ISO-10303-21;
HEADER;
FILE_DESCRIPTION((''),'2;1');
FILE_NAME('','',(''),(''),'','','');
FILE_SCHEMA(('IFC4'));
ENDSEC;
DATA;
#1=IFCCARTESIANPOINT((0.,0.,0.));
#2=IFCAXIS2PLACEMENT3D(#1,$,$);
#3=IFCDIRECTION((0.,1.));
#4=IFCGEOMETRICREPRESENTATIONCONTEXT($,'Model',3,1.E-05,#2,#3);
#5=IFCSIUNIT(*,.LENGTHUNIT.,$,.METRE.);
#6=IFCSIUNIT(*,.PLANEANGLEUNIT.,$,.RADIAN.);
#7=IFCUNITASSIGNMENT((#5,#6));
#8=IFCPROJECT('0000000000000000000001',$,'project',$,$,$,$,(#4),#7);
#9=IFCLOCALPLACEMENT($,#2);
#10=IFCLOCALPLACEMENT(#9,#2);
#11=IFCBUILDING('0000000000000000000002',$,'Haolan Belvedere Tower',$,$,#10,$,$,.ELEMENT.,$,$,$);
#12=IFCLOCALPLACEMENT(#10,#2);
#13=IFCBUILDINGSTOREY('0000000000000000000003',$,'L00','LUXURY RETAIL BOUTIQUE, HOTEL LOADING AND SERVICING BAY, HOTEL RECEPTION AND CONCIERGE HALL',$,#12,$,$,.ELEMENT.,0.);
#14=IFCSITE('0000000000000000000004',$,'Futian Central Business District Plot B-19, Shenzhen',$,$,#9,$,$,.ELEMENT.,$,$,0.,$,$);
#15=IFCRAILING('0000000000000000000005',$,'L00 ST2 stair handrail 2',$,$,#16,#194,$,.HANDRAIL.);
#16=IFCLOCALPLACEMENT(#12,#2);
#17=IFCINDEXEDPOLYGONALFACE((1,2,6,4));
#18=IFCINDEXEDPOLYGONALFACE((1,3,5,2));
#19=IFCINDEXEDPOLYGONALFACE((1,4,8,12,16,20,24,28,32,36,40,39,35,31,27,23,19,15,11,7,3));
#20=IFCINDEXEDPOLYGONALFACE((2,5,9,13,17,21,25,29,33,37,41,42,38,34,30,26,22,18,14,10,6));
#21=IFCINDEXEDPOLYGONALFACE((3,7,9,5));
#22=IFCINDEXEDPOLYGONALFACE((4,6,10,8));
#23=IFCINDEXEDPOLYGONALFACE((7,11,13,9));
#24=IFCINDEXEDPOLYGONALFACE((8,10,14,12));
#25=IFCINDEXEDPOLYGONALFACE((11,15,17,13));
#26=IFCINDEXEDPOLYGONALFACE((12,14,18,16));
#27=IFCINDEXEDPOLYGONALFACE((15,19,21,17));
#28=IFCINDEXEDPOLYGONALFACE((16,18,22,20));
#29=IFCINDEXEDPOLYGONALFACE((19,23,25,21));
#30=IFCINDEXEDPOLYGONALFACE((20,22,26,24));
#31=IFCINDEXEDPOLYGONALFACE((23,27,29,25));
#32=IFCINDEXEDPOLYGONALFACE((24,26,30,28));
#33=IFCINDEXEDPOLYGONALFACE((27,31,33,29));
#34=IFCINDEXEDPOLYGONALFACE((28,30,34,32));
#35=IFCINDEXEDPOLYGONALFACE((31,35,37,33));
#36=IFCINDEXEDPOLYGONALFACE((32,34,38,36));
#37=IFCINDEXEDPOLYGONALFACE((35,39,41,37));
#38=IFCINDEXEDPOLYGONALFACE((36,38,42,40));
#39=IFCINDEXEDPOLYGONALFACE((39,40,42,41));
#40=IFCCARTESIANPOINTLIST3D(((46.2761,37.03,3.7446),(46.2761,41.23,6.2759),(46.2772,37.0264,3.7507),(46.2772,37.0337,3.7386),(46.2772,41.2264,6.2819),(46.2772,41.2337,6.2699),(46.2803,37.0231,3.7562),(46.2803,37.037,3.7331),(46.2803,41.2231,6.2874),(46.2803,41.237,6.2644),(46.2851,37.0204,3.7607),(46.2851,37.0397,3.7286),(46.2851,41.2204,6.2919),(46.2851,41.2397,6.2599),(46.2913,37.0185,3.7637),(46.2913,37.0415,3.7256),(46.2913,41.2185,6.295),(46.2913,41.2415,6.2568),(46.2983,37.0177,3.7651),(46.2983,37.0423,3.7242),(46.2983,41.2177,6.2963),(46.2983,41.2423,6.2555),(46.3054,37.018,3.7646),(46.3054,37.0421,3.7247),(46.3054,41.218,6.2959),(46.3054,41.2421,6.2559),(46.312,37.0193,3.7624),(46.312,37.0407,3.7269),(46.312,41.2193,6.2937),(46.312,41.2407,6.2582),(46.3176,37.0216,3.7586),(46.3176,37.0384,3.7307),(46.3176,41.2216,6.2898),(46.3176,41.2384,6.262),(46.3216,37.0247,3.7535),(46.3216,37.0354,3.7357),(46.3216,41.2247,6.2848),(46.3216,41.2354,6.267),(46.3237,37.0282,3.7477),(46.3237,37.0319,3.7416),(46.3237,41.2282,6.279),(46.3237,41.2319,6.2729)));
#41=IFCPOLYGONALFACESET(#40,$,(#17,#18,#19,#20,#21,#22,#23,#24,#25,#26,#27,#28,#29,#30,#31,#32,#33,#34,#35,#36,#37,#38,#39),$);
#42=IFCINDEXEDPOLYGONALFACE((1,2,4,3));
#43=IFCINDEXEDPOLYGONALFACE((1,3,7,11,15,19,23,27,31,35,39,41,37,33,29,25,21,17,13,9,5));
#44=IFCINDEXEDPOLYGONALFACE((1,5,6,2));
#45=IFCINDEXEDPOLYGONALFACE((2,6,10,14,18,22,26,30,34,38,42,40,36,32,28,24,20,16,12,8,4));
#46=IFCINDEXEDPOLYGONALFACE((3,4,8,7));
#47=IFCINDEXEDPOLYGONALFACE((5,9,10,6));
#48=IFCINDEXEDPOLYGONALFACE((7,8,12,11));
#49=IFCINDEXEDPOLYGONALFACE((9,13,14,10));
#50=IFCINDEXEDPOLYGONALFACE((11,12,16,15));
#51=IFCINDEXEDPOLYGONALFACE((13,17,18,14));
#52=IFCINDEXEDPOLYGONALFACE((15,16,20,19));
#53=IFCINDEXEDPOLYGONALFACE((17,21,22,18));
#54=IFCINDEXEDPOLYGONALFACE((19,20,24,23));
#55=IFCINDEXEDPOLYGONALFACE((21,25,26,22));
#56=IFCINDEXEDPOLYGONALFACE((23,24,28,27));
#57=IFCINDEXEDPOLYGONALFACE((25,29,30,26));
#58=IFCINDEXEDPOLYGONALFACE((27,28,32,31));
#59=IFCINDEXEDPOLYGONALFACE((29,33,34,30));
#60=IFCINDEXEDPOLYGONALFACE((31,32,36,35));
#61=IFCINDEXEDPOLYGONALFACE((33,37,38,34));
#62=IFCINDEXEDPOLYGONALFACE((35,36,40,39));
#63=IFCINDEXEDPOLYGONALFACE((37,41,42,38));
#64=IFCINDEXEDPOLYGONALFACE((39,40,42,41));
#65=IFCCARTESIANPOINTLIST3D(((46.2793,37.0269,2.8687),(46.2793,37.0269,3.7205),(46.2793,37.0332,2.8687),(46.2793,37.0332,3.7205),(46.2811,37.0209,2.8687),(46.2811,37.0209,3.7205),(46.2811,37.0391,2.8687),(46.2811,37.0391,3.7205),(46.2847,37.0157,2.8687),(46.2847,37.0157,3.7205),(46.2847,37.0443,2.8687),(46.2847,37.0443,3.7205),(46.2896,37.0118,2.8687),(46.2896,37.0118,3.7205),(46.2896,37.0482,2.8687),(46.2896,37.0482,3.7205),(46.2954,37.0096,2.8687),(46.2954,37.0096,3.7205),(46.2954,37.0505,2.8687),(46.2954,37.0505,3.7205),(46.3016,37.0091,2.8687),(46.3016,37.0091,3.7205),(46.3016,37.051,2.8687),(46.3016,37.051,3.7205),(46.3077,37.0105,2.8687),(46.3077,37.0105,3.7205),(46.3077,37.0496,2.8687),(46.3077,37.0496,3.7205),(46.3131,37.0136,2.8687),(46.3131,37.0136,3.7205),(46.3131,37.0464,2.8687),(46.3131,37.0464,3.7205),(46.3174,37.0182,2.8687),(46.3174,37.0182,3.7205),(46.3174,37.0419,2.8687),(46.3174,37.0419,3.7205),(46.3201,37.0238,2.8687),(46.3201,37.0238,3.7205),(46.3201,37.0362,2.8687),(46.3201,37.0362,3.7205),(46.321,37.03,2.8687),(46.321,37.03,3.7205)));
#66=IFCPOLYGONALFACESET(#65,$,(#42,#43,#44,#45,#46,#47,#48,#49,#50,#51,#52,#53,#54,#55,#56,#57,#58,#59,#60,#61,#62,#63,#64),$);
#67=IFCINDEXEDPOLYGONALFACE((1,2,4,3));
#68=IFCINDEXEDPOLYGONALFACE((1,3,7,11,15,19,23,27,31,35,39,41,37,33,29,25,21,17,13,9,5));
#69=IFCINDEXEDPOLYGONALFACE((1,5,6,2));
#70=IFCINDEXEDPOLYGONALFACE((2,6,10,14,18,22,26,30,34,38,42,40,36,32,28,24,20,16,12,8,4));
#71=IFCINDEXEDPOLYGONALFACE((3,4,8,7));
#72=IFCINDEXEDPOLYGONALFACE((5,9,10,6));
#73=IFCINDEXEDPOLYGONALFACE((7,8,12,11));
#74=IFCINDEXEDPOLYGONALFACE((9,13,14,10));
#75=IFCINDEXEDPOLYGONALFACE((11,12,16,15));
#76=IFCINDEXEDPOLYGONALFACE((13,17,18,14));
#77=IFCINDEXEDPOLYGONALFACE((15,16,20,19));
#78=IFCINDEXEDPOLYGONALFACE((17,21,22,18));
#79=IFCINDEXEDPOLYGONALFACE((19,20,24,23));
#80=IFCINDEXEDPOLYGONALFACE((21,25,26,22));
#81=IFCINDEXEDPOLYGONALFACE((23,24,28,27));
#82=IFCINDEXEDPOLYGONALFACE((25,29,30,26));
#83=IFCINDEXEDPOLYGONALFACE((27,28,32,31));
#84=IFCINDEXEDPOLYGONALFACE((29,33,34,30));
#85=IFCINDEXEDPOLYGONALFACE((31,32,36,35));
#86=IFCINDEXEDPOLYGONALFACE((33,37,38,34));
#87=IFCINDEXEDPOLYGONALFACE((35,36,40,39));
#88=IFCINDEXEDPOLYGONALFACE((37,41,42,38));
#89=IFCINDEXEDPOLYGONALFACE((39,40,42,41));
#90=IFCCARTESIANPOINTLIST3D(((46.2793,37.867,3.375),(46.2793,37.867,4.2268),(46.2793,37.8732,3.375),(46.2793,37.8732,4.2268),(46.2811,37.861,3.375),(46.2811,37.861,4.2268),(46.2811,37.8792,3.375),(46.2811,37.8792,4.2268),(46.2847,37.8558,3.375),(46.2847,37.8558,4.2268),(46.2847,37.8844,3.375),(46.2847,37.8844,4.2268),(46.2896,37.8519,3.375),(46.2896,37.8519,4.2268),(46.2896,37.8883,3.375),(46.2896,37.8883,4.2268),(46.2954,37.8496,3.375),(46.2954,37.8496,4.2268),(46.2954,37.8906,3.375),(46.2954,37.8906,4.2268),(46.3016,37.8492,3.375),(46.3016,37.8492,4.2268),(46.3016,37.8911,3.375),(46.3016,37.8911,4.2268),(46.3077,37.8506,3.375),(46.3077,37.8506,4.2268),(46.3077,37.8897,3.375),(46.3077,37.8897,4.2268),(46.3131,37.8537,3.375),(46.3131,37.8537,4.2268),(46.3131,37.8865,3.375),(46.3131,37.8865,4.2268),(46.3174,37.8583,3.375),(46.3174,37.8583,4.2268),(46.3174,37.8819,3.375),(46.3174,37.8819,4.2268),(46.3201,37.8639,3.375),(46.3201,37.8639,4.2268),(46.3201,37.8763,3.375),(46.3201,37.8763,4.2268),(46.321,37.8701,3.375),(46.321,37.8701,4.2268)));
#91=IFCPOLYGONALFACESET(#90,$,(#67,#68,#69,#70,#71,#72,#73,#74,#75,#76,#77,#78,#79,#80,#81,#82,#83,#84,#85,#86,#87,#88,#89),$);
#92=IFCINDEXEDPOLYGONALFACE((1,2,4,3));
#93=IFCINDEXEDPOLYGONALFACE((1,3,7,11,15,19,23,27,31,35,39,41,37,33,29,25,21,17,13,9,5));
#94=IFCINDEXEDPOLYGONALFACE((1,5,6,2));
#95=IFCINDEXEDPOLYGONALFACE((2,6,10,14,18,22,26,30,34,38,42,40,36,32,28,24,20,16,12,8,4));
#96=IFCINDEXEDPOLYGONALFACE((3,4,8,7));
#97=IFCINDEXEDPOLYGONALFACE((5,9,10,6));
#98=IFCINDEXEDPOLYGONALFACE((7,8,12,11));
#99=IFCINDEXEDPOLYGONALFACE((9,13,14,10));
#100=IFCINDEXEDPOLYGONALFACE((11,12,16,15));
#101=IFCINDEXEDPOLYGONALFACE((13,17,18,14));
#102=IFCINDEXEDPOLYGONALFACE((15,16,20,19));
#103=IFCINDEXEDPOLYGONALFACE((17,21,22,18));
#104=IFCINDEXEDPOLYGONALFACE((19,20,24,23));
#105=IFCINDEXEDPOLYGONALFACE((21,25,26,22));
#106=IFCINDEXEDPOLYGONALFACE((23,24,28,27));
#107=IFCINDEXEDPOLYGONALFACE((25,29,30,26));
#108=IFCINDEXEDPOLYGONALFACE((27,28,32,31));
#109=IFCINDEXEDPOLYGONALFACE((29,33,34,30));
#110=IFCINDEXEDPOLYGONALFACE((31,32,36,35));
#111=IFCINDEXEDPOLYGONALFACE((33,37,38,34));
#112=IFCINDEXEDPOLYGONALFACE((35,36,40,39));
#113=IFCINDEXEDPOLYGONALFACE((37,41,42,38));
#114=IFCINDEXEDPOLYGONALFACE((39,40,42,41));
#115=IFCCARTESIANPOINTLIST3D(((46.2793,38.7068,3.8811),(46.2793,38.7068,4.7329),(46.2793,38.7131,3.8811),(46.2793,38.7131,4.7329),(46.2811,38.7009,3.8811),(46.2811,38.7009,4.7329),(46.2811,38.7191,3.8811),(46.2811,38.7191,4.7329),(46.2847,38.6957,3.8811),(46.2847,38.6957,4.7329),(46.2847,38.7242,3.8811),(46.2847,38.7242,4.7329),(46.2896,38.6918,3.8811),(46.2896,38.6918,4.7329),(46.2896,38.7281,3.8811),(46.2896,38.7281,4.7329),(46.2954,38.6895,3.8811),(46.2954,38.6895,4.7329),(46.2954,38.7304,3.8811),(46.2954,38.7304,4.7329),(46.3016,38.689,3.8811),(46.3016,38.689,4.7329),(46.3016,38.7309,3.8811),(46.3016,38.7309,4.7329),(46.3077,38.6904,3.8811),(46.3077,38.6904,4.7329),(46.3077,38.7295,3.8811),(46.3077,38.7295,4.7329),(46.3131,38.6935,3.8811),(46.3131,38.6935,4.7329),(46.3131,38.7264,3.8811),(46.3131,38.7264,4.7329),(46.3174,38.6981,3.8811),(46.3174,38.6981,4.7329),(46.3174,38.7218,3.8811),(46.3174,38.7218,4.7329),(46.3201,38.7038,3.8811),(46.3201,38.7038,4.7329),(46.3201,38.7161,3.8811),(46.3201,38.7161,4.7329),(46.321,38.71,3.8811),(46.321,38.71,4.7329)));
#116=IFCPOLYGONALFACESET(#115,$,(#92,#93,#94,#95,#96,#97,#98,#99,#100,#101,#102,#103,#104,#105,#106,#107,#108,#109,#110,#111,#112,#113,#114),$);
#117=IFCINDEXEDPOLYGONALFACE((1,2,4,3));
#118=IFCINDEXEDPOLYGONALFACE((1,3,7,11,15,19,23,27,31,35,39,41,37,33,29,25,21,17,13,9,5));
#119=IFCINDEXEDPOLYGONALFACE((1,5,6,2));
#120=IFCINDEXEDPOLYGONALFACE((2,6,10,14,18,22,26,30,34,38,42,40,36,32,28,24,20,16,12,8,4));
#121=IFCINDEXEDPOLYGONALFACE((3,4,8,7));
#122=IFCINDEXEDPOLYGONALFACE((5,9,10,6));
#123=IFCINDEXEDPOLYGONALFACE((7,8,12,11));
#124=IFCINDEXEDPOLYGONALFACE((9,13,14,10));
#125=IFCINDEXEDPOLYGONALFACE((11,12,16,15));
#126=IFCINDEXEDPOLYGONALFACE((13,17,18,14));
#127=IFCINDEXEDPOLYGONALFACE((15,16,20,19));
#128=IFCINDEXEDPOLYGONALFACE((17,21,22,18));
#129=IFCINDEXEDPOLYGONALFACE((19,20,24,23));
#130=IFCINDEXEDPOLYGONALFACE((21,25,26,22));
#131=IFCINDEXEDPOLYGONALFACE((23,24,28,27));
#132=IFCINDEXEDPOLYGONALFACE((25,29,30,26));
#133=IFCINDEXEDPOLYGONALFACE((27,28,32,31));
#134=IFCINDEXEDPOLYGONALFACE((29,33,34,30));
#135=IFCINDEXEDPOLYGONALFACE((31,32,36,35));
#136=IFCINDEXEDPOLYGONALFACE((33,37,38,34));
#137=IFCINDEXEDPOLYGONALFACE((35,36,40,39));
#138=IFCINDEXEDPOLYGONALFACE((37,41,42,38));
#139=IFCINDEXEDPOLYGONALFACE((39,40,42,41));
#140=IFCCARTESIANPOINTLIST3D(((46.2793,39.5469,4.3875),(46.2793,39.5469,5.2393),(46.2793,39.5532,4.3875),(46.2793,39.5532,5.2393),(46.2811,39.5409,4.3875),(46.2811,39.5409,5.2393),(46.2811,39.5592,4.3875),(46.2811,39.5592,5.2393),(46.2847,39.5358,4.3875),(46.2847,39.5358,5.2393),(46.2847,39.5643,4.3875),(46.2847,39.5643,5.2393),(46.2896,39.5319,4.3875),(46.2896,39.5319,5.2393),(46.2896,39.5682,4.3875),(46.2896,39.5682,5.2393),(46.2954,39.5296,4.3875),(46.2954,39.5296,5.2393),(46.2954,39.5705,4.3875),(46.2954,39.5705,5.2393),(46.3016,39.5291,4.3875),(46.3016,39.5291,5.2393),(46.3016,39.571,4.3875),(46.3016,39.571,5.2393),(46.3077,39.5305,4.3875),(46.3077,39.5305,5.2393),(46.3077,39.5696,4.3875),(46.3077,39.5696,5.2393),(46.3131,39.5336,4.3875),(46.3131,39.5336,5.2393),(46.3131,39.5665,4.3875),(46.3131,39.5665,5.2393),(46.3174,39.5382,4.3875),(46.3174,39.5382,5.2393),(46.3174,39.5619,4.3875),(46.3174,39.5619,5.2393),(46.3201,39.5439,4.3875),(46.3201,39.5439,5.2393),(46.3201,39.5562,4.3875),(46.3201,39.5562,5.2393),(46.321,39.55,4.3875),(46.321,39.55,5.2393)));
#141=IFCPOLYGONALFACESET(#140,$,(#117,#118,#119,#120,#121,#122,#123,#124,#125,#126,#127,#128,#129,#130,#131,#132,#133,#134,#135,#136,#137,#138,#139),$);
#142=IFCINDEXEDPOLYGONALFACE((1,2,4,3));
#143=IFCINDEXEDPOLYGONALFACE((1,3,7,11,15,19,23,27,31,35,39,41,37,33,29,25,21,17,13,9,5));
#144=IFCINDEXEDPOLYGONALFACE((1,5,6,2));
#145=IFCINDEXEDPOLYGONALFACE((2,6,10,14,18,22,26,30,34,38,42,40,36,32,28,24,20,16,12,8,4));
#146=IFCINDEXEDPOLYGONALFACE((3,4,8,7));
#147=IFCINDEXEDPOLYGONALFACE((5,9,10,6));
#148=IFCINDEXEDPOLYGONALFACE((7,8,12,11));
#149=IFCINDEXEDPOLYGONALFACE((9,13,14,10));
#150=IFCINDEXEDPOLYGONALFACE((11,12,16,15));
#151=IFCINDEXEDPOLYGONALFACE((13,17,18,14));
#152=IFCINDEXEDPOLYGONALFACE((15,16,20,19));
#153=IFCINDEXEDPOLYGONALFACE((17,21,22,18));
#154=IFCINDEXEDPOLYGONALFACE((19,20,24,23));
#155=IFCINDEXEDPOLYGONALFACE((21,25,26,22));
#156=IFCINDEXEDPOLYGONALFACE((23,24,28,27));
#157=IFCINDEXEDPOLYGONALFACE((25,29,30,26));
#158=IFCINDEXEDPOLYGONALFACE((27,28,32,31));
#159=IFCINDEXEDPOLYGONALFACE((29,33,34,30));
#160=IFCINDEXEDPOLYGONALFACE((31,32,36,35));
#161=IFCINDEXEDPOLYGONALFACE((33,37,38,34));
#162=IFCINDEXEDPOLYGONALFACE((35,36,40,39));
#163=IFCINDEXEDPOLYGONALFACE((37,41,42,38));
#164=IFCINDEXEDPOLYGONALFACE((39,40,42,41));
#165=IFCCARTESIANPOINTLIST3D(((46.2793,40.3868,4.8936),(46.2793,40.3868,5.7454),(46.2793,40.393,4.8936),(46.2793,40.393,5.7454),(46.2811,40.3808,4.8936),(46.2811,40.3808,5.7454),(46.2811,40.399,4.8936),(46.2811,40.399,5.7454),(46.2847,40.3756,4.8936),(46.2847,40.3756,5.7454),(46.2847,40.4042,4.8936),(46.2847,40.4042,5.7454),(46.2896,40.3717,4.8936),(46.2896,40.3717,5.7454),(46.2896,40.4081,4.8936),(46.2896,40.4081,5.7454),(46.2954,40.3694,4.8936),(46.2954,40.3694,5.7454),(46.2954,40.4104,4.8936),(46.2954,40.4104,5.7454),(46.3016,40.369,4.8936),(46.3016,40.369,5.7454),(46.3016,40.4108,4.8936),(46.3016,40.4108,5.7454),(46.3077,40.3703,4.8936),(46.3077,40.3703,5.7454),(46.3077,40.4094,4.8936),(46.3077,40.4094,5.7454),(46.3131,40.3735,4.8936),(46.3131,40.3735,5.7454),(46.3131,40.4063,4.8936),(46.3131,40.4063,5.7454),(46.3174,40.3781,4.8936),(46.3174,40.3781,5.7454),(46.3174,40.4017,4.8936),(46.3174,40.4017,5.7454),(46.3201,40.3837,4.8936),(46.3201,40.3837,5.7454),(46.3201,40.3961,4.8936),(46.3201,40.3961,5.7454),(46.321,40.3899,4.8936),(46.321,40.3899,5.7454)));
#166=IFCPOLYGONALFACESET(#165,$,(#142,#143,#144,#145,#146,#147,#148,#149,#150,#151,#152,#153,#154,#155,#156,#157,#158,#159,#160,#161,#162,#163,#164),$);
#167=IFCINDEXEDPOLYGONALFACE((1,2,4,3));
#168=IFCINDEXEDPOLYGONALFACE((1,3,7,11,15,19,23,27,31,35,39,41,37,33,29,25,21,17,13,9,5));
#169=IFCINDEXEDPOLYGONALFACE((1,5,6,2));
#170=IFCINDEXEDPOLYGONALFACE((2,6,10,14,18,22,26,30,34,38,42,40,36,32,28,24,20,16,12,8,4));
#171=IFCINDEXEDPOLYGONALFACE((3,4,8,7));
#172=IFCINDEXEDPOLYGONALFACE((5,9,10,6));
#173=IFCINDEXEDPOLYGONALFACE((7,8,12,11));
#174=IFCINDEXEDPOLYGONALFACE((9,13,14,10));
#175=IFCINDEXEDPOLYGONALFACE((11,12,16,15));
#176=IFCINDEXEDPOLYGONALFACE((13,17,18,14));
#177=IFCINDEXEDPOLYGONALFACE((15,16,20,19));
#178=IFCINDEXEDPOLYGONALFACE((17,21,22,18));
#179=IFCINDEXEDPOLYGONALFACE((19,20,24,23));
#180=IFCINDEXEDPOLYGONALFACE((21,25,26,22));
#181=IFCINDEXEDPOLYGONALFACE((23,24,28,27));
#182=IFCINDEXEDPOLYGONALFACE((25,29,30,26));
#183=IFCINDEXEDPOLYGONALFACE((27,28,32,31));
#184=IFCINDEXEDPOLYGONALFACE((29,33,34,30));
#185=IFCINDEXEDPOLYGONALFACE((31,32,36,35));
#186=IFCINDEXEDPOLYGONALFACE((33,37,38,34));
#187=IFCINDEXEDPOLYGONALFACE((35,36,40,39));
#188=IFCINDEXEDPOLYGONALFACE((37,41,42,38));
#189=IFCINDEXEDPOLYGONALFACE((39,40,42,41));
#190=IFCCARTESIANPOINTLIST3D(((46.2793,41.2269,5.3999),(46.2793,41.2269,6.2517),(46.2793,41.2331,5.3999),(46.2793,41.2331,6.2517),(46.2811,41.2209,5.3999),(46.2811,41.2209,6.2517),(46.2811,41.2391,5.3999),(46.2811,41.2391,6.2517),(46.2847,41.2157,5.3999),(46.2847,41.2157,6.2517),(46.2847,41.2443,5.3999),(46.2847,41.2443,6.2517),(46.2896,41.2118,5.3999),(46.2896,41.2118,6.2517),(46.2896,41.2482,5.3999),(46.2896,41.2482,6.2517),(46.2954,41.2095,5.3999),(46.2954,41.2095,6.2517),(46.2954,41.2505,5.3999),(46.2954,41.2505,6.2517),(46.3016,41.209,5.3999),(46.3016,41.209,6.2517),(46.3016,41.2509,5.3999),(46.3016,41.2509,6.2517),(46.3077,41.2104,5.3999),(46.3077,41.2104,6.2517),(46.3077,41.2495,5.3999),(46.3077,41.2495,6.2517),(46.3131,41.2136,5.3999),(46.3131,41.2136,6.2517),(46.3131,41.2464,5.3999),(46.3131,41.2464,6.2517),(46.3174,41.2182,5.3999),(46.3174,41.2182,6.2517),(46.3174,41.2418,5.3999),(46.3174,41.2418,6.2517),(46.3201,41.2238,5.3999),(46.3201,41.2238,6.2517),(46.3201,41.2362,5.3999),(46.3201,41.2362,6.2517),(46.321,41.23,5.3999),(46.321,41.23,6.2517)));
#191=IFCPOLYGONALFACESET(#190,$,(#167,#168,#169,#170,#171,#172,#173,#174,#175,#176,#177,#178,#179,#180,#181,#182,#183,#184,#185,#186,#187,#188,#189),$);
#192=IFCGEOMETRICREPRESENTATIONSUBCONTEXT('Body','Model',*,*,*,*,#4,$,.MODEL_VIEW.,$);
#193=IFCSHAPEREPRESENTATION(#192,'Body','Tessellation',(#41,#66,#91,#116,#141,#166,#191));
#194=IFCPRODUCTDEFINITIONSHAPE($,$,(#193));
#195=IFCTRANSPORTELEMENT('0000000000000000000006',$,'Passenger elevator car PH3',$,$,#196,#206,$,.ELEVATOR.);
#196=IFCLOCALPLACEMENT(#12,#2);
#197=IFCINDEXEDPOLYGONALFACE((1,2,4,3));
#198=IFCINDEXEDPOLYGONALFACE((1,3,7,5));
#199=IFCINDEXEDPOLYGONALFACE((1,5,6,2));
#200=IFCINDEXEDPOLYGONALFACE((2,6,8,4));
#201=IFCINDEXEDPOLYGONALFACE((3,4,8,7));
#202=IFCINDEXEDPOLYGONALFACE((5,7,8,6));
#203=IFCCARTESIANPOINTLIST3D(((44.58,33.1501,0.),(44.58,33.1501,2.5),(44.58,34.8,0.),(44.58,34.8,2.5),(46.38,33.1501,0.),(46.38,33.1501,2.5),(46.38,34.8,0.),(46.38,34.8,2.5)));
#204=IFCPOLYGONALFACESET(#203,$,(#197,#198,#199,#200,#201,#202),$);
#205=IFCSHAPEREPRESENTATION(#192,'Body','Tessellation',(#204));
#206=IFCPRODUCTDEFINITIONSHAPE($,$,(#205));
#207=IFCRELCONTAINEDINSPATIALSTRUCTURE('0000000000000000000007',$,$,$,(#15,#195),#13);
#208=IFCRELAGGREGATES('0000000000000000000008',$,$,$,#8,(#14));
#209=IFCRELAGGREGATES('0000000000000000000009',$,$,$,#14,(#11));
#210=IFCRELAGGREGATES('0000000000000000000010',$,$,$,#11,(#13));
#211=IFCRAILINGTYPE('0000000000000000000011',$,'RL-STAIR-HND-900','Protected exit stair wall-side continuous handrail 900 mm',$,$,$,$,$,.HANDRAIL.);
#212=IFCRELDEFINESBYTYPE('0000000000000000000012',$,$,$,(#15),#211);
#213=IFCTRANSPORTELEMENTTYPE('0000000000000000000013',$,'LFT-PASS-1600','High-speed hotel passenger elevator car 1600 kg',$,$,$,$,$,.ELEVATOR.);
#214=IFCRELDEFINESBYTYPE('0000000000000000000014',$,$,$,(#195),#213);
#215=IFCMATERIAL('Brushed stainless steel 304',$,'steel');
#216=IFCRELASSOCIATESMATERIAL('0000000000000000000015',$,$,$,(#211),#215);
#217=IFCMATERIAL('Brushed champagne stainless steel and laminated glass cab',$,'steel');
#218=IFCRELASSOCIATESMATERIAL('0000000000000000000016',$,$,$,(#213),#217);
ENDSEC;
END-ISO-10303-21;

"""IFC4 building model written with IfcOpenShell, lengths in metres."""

from ifc_helpers import new_model, si_unit, direction, frame, origin, origin_2d, place, context, subcontext, project, spatial, rectangle, circle, extrude, material, type_object, element, save


model = new_model("IFC4")

# Units and contexts
model_context = context("Model", 3, precision=1e-05, world=origin(), true_north=direction((0.0, 1.0)))
body_context = subcontext(model_context, "Body", "Model", "MODEL_VIEW")
ifc_project = project(units=[si_unit("LENGTHUNIT", "METRE"), si_unit("PLANEANGLEUNIT", "RADIAN")], contexts=[model_context])

# Site, building, storey
site_placement = place(None, origin())
site = spatial("IfcSite", under=ifc_project, at=site_placement, Name="Futian Central Business District Plot B-19, Shenzhen", CompositionType="ELEMENT", RefElevation=0.0)
building_placement = place(site_placement, origin())
building = spatial("IfcBuilding", under=site, at=building_placement, Name="Haolan Belvedere Tower", CompositionType="ELEMENT")
storey_placement = place(building_placement, origin())
storey = spatial("IfcBuildingStorey", under=building, at=storey_placement, Name="L00", Description="LUXURY RETAIL BOUTIQUE, HOTEL LOADING AND SERVICING BAY, HOTEL RECEPTION AND CONCIERGE HALL", CompositionType="ELEMENT", Elevation=0.0)

# Railing
ifc_material_1 = material(Name="Brushed stainless steel 304", Category="steel")
railing_type = type_object("IfcRailingType", Name="RL-STAIR-HND-900", Description="Protected exit stair wall-side continuous handrail 900 mm", PredefinedType="HANDRAIL", material=ifc_material_1)
railing_placement = place(storey_placement, frame((46.3, 37.03, 2.8687)))
element("IfcRailing", 1, at=railing_placement, inside=storey, type_object=railing_type, Name="L00 ST2 stair handrail 2", PredefinedType="HANDRAIL", context=body_context, shape_type="SweptSolid", body=[
    extrude(circle(Radius=0.0239, at=origin_2d()), frame((0.0, 0.0, 0.876), z_axis=(0.0, 0.856476, 0.516186), x_axis=(-1.0, 0.0, 0.0)), (0.0, 0.0, 1.0), 4.9038),
    extrude(circle(Radius=0.021, at=origin_2d()), origin(), (0.0, 0.0, 1.0), 0.8518),
    extrude(circle(Radius=0.021, at=origin_2d()), frame((0.0, 0.8401, 0.5063)), (0.0, 0.0, 1.0), 0.8518),
    extrude(circle(Radius=0.021, at=origin_2d()), frame((0.0, 1.6799, 1.0125)), (0.0, 0.0, 1.0), 0.8518),
    extrude(circle(Radius=0.021, at=origin_2d()), frame((0.0, 2.52, 1.5188)), (0.0, 0.0, 1.0), 0.8518),
    extrude(circle(Radius=0.021, at=origin_2d()), frame((0.0, 3.3599, 2.0249)), (0.0, 0.0, 1.0), 0.8518),
    extrude(circle(Radius=0.021, at=origin_2d()), frame((0.0, 4.2, 2.5312)), (0.0, 0.0, 1.0), 0.8518),
])

# Transport element
ifc_material_2 = material(Name="Brushed champagne stainless steel and laminated glass cab", Category="steel")
transport_element_type = type_object("IfcTransportElementType", Name="LFT-PASS-1600", Description="High-speed hotel passenger elevator car 1600 kg", PredefinedType="ELEVATOR", material=ifc_material_2)
transport_element_placement = place(storey_placement, frame((45.48, 33.9751, 0.0), z_axis=(0.0, 0.0, 1.0), x_axis=(1.0, 0.0, 0.0)))
element("IfcTransportElement", 2, at=transport_element_placement, inside=storey, type_object=transport_element_type, Name="Passenger elevator car PH3", PredefinedType="ELEVATOR", context=body_context, shape_type="SweptSolid", body=[
    extrude(rectangle(XDim=1.8, YDim=1.6499, at=origin_2d()), origin(), (0.0, 0.0, 1.0), 2.5),
])

save(model, "model.ifc")
